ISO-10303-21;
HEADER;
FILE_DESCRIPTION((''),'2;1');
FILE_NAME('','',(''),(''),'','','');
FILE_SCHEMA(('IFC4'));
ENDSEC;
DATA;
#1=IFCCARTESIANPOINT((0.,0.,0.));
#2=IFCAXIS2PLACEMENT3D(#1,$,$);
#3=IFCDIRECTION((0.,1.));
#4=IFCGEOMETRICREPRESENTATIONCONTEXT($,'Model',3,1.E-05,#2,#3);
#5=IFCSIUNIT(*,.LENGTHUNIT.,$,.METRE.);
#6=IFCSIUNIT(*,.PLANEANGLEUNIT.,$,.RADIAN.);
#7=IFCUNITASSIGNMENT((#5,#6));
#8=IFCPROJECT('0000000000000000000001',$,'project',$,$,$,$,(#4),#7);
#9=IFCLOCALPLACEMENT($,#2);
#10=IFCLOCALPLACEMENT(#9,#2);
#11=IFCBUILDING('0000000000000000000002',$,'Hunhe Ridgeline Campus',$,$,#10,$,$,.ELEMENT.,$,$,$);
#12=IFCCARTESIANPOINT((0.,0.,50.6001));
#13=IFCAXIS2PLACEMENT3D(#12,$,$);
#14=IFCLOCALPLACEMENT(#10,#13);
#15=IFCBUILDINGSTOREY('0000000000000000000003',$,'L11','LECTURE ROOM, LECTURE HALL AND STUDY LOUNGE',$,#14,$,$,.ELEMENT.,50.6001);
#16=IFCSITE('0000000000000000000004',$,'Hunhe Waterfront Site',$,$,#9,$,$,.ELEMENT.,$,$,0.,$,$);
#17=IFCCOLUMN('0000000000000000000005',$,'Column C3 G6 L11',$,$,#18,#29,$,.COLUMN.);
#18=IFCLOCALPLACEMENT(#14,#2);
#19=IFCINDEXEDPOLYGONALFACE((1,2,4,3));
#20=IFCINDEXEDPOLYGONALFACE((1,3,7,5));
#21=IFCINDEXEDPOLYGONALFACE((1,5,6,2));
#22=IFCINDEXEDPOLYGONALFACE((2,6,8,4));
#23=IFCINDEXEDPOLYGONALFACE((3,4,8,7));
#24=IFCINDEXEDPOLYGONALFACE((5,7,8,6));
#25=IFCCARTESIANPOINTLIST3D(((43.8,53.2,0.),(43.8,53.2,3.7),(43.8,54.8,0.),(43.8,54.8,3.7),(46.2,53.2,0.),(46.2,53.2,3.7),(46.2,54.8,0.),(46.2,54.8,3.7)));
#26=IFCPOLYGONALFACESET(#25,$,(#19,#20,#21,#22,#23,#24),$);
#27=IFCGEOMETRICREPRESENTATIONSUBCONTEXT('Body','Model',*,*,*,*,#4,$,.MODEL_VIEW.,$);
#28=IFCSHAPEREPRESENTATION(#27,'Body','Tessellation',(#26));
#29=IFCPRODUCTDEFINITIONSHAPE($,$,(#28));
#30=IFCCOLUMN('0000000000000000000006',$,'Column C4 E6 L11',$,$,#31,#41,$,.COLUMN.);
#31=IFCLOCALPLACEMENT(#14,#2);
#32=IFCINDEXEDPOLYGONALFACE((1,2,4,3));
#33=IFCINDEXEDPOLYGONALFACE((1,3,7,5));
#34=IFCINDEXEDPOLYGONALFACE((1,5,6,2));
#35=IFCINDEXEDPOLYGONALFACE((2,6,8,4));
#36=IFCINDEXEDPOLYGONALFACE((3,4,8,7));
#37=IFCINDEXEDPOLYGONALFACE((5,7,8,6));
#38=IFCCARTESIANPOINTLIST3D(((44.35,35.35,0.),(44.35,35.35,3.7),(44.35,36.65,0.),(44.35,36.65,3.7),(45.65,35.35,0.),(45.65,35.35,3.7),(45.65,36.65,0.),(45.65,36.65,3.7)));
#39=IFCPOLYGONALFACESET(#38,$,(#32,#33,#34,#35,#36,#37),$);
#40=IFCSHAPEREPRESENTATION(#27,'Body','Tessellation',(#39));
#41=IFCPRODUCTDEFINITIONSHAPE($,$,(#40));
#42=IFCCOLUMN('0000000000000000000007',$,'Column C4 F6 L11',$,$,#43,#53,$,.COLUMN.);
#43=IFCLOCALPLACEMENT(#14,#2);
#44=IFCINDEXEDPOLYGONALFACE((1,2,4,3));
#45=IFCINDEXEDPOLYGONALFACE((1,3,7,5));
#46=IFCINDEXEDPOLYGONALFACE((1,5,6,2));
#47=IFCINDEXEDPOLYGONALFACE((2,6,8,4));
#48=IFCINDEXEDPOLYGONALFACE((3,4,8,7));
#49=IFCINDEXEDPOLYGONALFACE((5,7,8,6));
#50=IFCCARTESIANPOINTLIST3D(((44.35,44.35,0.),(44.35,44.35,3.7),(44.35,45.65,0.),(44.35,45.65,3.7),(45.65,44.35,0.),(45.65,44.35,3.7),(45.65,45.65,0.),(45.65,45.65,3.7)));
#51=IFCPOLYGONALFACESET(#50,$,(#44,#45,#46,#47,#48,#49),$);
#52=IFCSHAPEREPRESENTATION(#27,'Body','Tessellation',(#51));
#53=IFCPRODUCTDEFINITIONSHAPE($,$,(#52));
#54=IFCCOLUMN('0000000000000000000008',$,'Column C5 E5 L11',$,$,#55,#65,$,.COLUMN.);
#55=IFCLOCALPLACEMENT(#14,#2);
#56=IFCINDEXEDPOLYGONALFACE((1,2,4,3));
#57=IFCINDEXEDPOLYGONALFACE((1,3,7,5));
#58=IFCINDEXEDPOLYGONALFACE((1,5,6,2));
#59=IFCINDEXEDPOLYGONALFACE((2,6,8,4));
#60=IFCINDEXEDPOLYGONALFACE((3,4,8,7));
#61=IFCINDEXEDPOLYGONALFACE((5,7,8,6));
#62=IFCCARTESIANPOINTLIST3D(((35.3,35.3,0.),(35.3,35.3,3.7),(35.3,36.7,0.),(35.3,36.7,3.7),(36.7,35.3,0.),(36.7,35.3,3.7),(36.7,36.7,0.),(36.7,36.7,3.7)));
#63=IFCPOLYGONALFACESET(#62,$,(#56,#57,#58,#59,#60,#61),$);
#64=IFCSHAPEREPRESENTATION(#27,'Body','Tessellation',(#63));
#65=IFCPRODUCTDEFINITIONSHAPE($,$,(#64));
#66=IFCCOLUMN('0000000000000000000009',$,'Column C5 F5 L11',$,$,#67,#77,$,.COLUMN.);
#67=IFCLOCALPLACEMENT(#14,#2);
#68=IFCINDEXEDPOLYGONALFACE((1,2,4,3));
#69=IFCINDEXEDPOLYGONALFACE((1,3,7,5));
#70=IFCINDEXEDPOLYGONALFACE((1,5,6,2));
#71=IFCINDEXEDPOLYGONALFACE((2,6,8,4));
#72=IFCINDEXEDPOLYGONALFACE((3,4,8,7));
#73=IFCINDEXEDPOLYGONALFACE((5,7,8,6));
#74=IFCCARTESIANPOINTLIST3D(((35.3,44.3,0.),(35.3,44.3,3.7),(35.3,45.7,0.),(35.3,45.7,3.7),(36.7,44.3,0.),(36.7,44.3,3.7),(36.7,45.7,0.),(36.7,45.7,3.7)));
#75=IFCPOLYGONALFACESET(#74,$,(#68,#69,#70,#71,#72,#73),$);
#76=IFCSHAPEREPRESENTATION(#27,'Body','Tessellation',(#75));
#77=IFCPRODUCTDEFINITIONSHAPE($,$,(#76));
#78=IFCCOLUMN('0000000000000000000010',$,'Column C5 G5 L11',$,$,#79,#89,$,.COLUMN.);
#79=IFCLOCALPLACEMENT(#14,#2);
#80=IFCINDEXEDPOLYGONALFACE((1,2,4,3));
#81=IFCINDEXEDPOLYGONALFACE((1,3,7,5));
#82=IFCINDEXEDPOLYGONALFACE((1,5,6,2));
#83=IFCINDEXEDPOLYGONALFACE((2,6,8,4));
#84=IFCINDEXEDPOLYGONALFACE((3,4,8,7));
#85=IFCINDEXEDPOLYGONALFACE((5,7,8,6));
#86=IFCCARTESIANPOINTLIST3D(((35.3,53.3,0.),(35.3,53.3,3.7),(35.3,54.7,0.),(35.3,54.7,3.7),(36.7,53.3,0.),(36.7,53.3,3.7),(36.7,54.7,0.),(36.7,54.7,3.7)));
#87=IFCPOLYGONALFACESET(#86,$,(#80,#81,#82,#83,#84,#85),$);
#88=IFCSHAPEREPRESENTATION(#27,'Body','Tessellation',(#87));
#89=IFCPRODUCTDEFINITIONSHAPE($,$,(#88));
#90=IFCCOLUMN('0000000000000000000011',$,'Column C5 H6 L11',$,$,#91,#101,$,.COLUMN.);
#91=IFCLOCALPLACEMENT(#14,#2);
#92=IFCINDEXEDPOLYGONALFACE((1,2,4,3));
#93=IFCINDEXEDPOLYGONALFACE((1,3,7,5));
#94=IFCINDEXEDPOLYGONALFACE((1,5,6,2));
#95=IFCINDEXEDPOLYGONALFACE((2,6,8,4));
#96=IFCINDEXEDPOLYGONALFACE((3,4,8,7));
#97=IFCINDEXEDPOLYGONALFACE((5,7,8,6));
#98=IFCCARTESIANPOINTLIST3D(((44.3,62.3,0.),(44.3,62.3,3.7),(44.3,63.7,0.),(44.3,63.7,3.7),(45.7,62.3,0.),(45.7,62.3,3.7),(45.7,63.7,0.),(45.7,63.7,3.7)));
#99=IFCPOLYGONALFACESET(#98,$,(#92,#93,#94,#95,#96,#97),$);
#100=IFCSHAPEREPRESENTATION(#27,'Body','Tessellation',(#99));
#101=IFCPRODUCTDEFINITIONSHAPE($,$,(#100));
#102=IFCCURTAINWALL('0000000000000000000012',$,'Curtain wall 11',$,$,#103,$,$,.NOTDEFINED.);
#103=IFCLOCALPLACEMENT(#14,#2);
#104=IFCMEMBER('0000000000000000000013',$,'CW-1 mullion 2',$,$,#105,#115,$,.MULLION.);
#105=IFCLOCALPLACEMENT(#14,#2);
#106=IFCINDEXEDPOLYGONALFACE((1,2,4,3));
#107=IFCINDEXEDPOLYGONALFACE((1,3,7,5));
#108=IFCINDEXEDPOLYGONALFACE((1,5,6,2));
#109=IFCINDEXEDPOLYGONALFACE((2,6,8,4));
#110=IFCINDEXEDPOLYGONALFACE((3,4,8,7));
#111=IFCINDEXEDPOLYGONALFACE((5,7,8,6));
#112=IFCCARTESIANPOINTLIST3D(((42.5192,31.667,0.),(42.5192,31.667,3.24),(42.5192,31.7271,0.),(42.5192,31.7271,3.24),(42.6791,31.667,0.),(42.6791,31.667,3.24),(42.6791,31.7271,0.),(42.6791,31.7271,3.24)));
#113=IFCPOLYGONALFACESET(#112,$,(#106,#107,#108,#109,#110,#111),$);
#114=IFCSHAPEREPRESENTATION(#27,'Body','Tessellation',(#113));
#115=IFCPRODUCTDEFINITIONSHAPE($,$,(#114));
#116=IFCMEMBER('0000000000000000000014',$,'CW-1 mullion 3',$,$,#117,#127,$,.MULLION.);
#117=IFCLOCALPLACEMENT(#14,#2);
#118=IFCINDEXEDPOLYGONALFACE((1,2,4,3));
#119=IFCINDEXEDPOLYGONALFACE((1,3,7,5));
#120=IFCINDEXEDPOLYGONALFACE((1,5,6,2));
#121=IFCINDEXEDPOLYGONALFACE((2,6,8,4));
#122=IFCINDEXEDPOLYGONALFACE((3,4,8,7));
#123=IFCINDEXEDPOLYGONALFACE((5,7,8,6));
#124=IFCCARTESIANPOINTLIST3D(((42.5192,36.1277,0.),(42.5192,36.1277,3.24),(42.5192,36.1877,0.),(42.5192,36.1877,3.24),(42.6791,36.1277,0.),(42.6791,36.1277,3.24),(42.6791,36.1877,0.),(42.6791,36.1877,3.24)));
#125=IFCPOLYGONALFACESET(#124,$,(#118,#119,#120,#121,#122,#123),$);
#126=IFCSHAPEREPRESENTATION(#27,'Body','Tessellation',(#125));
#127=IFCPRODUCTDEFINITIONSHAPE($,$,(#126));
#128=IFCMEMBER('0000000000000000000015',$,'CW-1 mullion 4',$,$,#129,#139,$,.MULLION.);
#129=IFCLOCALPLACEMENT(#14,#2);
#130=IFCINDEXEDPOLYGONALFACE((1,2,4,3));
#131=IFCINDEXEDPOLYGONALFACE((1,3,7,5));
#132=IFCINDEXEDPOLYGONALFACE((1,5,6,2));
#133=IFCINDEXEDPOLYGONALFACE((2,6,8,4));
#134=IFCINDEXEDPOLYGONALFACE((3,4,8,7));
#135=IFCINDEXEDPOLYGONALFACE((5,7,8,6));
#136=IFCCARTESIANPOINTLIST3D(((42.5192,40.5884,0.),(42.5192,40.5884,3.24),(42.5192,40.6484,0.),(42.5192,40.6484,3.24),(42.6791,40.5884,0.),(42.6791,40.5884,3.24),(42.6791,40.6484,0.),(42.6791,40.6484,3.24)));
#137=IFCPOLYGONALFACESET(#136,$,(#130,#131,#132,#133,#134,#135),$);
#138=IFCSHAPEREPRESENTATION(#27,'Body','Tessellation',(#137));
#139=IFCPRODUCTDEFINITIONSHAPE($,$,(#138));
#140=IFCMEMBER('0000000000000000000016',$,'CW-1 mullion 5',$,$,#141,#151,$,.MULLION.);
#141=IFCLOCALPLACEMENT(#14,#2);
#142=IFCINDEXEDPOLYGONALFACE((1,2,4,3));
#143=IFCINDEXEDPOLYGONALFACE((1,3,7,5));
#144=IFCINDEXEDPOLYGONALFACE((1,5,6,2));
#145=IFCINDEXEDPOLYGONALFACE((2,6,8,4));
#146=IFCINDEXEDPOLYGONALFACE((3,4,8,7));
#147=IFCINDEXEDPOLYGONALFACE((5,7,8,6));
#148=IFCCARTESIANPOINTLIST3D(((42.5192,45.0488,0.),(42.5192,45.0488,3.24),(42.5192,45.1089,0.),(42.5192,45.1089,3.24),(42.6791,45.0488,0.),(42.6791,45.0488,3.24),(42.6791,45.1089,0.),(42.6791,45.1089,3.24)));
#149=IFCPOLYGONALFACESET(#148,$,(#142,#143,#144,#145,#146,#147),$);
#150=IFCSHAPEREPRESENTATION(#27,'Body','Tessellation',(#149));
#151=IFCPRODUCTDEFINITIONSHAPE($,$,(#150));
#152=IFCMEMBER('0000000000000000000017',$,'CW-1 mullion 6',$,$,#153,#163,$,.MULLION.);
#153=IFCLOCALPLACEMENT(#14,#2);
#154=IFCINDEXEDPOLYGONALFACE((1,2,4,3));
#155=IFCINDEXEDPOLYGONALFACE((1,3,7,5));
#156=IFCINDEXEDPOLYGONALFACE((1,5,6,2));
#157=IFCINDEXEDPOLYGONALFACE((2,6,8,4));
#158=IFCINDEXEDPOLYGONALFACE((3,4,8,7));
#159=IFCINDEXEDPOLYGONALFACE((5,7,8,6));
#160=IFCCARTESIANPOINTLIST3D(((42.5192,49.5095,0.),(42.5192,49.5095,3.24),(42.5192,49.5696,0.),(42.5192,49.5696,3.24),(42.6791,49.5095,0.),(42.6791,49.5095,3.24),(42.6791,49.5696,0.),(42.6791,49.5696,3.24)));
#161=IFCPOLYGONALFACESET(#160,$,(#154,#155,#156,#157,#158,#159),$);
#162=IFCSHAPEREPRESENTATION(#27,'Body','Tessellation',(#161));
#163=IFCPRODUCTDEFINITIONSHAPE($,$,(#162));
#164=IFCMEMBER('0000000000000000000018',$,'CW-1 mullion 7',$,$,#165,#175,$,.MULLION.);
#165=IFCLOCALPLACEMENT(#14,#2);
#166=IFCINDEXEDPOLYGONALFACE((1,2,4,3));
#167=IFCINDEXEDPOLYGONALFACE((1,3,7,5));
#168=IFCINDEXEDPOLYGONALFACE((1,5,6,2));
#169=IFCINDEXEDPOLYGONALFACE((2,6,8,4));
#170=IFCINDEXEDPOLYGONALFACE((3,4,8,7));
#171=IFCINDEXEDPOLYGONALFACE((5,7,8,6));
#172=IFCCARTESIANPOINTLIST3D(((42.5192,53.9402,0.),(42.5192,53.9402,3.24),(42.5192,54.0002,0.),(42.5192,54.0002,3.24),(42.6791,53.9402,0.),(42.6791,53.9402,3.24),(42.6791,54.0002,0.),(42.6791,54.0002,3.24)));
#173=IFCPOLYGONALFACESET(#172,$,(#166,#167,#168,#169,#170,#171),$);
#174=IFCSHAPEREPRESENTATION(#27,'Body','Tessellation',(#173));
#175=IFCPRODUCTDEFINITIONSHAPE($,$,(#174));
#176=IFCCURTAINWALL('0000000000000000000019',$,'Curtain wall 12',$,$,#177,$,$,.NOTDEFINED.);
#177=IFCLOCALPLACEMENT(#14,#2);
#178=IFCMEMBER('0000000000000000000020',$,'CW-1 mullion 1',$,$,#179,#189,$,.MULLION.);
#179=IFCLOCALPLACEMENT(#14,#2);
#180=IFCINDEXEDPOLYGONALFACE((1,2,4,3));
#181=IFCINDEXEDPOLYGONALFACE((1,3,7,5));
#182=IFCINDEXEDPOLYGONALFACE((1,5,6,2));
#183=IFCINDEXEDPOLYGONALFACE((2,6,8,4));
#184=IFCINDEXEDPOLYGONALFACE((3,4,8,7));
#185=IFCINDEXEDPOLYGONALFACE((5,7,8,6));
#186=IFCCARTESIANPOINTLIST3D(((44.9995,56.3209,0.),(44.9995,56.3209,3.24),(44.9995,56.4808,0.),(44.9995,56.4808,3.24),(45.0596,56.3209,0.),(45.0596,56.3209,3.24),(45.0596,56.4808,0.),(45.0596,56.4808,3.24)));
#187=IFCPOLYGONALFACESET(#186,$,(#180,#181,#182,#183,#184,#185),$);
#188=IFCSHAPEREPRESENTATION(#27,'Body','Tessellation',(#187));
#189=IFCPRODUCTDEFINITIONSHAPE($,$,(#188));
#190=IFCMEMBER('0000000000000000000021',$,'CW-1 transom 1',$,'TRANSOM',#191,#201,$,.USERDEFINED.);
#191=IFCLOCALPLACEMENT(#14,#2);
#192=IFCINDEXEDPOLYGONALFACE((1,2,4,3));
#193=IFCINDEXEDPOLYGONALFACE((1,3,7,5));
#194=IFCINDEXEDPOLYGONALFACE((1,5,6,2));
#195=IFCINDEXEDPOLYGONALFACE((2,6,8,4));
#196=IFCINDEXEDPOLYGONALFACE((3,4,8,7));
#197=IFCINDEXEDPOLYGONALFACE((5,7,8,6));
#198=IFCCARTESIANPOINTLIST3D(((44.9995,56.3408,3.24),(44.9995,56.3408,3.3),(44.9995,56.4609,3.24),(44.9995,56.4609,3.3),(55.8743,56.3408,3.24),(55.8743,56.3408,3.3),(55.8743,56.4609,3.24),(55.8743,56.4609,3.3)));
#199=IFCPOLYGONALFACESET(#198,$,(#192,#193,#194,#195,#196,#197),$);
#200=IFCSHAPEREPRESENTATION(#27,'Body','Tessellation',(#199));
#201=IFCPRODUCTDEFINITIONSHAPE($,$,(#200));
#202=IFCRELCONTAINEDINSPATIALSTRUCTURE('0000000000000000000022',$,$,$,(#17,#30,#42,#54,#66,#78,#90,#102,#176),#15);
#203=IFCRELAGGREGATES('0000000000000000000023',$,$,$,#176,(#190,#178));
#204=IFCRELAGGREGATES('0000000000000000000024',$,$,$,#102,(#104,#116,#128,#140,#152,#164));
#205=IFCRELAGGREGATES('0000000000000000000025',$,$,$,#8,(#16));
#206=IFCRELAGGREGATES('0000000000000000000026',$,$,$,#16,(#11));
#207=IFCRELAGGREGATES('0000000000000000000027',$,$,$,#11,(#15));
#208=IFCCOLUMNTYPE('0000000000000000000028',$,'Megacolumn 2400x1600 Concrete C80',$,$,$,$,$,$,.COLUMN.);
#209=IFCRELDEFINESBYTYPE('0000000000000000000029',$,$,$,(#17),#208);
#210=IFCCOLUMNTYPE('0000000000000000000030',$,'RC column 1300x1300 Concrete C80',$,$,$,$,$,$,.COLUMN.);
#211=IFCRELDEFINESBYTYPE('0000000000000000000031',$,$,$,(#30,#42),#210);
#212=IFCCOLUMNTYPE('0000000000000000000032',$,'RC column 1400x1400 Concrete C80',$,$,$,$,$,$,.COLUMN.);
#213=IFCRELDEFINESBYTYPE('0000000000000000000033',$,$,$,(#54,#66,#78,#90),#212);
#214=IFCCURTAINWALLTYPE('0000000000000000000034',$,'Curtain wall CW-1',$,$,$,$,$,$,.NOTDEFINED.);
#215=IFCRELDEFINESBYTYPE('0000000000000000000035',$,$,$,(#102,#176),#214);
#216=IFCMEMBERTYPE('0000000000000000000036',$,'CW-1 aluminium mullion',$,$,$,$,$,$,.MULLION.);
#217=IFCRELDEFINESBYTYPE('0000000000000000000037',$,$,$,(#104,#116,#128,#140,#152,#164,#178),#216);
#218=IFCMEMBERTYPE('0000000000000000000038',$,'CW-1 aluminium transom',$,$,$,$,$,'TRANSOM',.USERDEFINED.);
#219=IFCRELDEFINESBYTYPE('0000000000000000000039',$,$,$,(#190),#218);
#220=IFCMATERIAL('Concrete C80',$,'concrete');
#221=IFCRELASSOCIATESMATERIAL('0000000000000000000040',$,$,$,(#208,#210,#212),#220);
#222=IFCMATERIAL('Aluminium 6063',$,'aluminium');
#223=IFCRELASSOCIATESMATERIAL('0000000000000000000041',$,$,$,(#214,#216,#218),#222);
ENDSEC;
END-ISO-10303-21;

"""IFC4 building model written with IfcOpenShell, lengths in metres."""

from ifc_helpers import new_model, si_unit, direction, frame, origin, origin_2d, place, context, subcontext, project, spatial, rectangle, extrude, material, material_profile, profile_set, type_object, element, aggregate, save


model = new_model("IFC4")

# Units and contexts
model_context = context("Model", 3, precision=1e-05, world=origin(), true_north=direction((0.0, 1.0)))
body_context = subcontext(model_context, "Body", "Model", "MODEL_VIEW")
ifc_project = project(units=[si_unit("LENGTHUNIT", "METRE"), si_unit("PLANEANGLEUNIT", "RADIAN")], contexts=[model_context])

# Site, building, storey
site_placement = place(None, origin())
site = spatial("IfcSite", under=ifc_project, at=site_placement, Name="Hunhe Waterfront Site", CompositionType="ELEMENT", RefElevation=0.0)
building_placement = place(site_placement, origin())
building = spatial("IfcBuilding", under=site, at=building_placement, Name="Hunhe Ridgeline Campus", CompositionType="ELEMENT")
storey_placement = place(building_placement, frame((0.0, 0.0, 50.6001)))
storey = spatial("IfcBuildingStorey", under=building, at=storey_placement, Name="L11", Description="LECTURE ROOM, LECTURE HALL AND STUDY LOUNGE", CompositionType="ELEMENT", Elevation=50.6001)

# Columns
ifc_material_1 = material(Name="Concrete C80", Category="concrete")
ifc_material_profile_1 = material_profile(ifc_material_1, rectangle(XDim=2.3999, YDim=1.6001, at=origin_2d()))
ifc_profile_set_1 = profile_set([ifc_material_profile_1], Name="Concrete C80")
column_type_1 = type_object("IfcColumnType", Name="Megacolumn 2400x1600 Concrete C80", PredefinedType="COLUMN", material=ifc_profile_set_1)
column_placement = place(storey_placement, frame((45.0, 54.0, 0.0), z_axis=(0.0, 0.0, 1.0), x_axis=(1.0, 0.0, 0.0)))
element("IfcColumn", 1, at=column_placement, inside=storey, type_object=column_type_1, Name="Column C3 G6 L11", PredefinedType="COLUMN", context=body_context, shape_type="SweptSolid", body=[
    extrude(rectangle(XDim=2.3999, YDim=1.6001, at=origin_2d()), origin(), (0.0, 0.0, 1.0), 3.7),
])
ifc_material_profile_2 = material_profile(ifc_material_1, rectangle(XDim=1.3, YDim=1.3, at=origin_2d()))
ifc_profile_set_2 = profile_set([ifc_material_profile_2], Name="Concrete C80")
column_type_2 = type_object("IfcColumnType", Name="RC column 1300x1300 Concrete C80", PredefinedType="COLUMN", material=ifc_profile_set_2)
for number, where, z_axis, x_axis, name in (
    (2, (45.0, 36.0, 0.0), (0.0, 0.0, 1.0), (1.0, 0.0, 0.0), "Column C4 E6 L11"),
    (3, (45.0, 45.0, 0.0), (0.0, 0.0, 1.0), (1.0, 0.0, 0.0), "Column C4 F6 L11"),
):
    element("IfcColumn", number, at=place(storey_placement, frame(where, z_axis=z_axis, x_axis=x_axis)), inside=storey, type_object=column_type_2, Name=name, PredefinedType="COLUMN", context=body_context, shape_type="SweptSolid", body=[
        extrude(rectangle(XDim=1.3, YDim=1.3, at=origin_2d()), origin(), (0.0, 0.0, 1.0), 3.7),
    ])
ifc_material_profile_3 = material_profile(ifc_material_1, rectangle(XDim=1.3999, YDim=1.3999, at=origin_2d()))
ifc_profile_set_3 = profile_set([ifc_material_profile_3], Name="Concrete C80")
column_type_3 = type_object("IfcColumnType", Name="RC column 1400x1400 Concrete C80", PredefinedType="COLUMN", material=ifc_profile_set_3)
for number, where, z_axis, x_axis, name in (
    (4, (36.0, 36.0, 0.0), (0.0, 0.0, 1.0), (1.0, 0.0, 0.0), "Column C5 E5 L11"),
    (5, (36.0, 45.0, 0.0), (0.0, 0.0, 1.0), (1.0, 0.0, 0.0), "Column C5 F5 L11"),
    (6, (36.0, 54.0, 0.0), (0.0, 0.0, 1.0), (1.0, 0.0, 0.0), "Column C5 G5 L11"),
    (7, (45.0, 63.0, 0.0), (0.0, 0.0, 1.0), (1.0, 0.0, 0.0), "Column C5 H6 L11"),
):
    element("IfcColumn", number, at=place(storey_placement, frame(where, z_axis=z_axis, x_axis=x_axis)), inside=storey, type_object=column_type_3, Name=name, PredefinedType="COLUMN", context=body_context, shape_type="SweptSolid", body=[
        extrude(rectangle(XDim=1.3999, YDim=1.3999, at=origin_2d()), origin(), (0.0, 0.0, 1.0), 3.7),
    ])

# Curtain walls, members
ifc_material_2 = material(Name="Aluminium 6063", Category="aluminium")
curtain_wall_type = type_object("IfcCurtainWallType", Name="Curtain wall CW-1", PredefinedType="NOTDEFINED", material=ifc_material_2)
curtain_wall_1_placement = place(storey_placement, origin())
curtain_wall_1 = element("IfcCurtainWall", 8, at=curtain_wall_1_placement, inside=storey, type_object=curtain_wall_type, Name="Curtain wall 11", PredefinedType="NOTDEFINED")
ifc_material_profile_4 = material_profile(ifc_material_2, rectangle(XDim=0.1599, YDim=0.0601, at=origin_2d()))
ifc_profile_set_4 = profile_set([ifc_material_profile_4], Name="Aluminium 6063")
member_type_1 = type_object("IfcMemberType", Name="CW-1 aluminium mullion", PredefinedType="MULLION", material=ifc_profile_set_4)
member_1_placement = place(storey_placement, frame((42.5991, 31.697, 0.0), z_axis=(0.0, 0.0, 1.0), x_axis=(-1.0, 0.0, 0.0)))
member_1 = element("IfcMember", 9, at=member_1_placement, type_object=member_type_1, Name="CW-1 mullion 2", PredefinedType="MULLION", context=body_context, shape_type="SweptSolid", body=[
    extrude(rectangle(XDim=0.1599, YDim=0.0601, at=origin_2d()), origin(), (0.0, 0.0, 1.0), 3.24),
])
member_2_placement = place(storey_placement, frame((42.5991, 36.1577, 0.0), z_axis=(0.0, 0.0, 1.0), x_axis=(-1.0, 0.0, 0.0)))
member_2 = element("IfcMember", 10, at=member_2_placement, type_object=member_type_1, Name="CW-1 mullion 3", PredefinedType="MULLION", context=body_context, shape_type="SweptSolid", body=[
    extrude(rectangle(XDim=0.1599, YDim=0.0601, at=origin_2d()), origin(), (0.0, 0.0, 1.0), 3.24),
])
member_3_placement = place(storey_placement, frame((42.5991, 40.6184, 0.0), z_axis=(0.0, 0.0, 1.0), x_axis=(-1.0, 0.0, 0.0)))
member_3 = element("IfcMember", 11, at=member_3_placement, type_object=member_type_1, Name="CW-1 mullion 4", PredefinedType="MULLION", context=body_context, shape_type="SweptSolid", body=[
    extrude(rectangle(XDim=0.1599, YDim=0.0601, at=origin_2d()), origin(), (0.0, 0.0, 1.0), 3.24),
])
member_4_placement = place(storey_placement, frame((42.5991, 45.0789, 0.0), z_axis=(0.0, 0.0, 1.0), x_axis=(-1.0, 0.0, 0.0)))
member_4 = element("IfcMember", 12, at=member_4_placement, type_object=member_type_1, Name="CW-1 mullion 5", PredefinedType="MULLION", context=body_context, shape_type="SweptSolid", body=[
    extrude(rectangle(XDim=0.1599, YDim=0.0601, at=origin_2d()), origin(), (0.0, 0.0, 1.0), 3.24),
])
member_5_placement = place(storey_placement, frame((42.5991, 49.5396, 0.0), z_axis=(0.0, 0.0, 1.0), x_axis=(-1.0, 0.0, 0.0)))
member_5 = element("IfcMember", 13, at=member_5_placement, type_object=member_type_1, Name="CW-1 mullion 6", PredefinedType="MULLION", context=body_context, shape_type="SweptSolid", body=[
    extrude(rectangle(XDim=0.1599, YDim=0.0601, at=origin_2d()), origin(), (0.0, 0.0, 1.0), 3.24),
])
member_6_placement = place(storey_placement, frame((42.5991, 53.9702, 0.0), z_axis=(0.0, 0.0, 1.0), x_axis=(-1.0, 0.0, 0.0)))
member_6 = element("IfcMember", 14, at=member_6_placement, type_object=member_type_1, Name="CW-1 mullion 7", PredefinedType="MULLION", context=body_context, shape_type="SweptSolid", body=[
    extrude(rectangle(XDim=0.1599, YDim=0.0601, at=origin_2d()), origin(), (0.0, 0.0, 1.0), 3.24),
])
curtain_wall_2_placement = place(storey_placement, origin())
curtain_wall_2 = element("IfcCurtainWall", 15, at=curtain_wall_2_placement, inside=storey, type_object=curtain_wall_type, Name="Curtain wall 12", PredefinedType="NOTDEFINED")
member_7_placement = place(storey_placement, frame((45.0295, 56.4009, 0.0), z_axis=(0.0, 0.0, 1.0), x_axis=(-0.000004, 1.0, 0.0)))
member_7 = element("IfcMember", 16, at=member_7_placement, type_object=member_type_1, Name="CW-1 mullion 1", PredefinedType="MULLION", context=body_context, shape_type="SweptSolid", body=[
    extrude(rectangle(XDim=0.1599, YDim=0.0601, at=origin_2d()), origin(), (0.0, 0.0, 1.0), 3.24),
])
ifc_material_profile_5 = material_profile(ifc_material_2, rectangle(XDim=0.1201, YDim=0.0601, at=origin_2d()))
ifc_profile_set_5 = profile_set([ifc_material_profile_5], Name="Aluminium 6063")
member_type_2 = type_object("IfcMemberType", Name="CW-1 aluminium transom", ElementType="TRANSOM", PredefinedType="USERDEFINED", material=ifc_profile_set_5)
member_8_placement = place(storey_placement, frame((44.9995, 56.4009, 3.27), z_axis=(1.0, 0.0, 0.0), x_axis=(0.0, 1.0, 0.0)))
member_8 = element("IfcMember", 17, at=member_8_placement, type_object=member_type_2, Name="CW-1 transom 1", ObjectType="TRANSOM", PredefinedType="USERDEFINED", context=body_context, shape_type="SweptSolid", body=[
    extrude(rectangle(XDim=0.1201, YDim=0.0601, at=origin_2d()), origin(), (0.0, 0.0, 1.0), 10.8748),
])
aggregate(curtain_wall_2, [member_8, member_7])

aggregate(curtain_wall_1, [member_1, member_2, member_3, member_4, member_5, member_6])

save(model, "model.ifc")
